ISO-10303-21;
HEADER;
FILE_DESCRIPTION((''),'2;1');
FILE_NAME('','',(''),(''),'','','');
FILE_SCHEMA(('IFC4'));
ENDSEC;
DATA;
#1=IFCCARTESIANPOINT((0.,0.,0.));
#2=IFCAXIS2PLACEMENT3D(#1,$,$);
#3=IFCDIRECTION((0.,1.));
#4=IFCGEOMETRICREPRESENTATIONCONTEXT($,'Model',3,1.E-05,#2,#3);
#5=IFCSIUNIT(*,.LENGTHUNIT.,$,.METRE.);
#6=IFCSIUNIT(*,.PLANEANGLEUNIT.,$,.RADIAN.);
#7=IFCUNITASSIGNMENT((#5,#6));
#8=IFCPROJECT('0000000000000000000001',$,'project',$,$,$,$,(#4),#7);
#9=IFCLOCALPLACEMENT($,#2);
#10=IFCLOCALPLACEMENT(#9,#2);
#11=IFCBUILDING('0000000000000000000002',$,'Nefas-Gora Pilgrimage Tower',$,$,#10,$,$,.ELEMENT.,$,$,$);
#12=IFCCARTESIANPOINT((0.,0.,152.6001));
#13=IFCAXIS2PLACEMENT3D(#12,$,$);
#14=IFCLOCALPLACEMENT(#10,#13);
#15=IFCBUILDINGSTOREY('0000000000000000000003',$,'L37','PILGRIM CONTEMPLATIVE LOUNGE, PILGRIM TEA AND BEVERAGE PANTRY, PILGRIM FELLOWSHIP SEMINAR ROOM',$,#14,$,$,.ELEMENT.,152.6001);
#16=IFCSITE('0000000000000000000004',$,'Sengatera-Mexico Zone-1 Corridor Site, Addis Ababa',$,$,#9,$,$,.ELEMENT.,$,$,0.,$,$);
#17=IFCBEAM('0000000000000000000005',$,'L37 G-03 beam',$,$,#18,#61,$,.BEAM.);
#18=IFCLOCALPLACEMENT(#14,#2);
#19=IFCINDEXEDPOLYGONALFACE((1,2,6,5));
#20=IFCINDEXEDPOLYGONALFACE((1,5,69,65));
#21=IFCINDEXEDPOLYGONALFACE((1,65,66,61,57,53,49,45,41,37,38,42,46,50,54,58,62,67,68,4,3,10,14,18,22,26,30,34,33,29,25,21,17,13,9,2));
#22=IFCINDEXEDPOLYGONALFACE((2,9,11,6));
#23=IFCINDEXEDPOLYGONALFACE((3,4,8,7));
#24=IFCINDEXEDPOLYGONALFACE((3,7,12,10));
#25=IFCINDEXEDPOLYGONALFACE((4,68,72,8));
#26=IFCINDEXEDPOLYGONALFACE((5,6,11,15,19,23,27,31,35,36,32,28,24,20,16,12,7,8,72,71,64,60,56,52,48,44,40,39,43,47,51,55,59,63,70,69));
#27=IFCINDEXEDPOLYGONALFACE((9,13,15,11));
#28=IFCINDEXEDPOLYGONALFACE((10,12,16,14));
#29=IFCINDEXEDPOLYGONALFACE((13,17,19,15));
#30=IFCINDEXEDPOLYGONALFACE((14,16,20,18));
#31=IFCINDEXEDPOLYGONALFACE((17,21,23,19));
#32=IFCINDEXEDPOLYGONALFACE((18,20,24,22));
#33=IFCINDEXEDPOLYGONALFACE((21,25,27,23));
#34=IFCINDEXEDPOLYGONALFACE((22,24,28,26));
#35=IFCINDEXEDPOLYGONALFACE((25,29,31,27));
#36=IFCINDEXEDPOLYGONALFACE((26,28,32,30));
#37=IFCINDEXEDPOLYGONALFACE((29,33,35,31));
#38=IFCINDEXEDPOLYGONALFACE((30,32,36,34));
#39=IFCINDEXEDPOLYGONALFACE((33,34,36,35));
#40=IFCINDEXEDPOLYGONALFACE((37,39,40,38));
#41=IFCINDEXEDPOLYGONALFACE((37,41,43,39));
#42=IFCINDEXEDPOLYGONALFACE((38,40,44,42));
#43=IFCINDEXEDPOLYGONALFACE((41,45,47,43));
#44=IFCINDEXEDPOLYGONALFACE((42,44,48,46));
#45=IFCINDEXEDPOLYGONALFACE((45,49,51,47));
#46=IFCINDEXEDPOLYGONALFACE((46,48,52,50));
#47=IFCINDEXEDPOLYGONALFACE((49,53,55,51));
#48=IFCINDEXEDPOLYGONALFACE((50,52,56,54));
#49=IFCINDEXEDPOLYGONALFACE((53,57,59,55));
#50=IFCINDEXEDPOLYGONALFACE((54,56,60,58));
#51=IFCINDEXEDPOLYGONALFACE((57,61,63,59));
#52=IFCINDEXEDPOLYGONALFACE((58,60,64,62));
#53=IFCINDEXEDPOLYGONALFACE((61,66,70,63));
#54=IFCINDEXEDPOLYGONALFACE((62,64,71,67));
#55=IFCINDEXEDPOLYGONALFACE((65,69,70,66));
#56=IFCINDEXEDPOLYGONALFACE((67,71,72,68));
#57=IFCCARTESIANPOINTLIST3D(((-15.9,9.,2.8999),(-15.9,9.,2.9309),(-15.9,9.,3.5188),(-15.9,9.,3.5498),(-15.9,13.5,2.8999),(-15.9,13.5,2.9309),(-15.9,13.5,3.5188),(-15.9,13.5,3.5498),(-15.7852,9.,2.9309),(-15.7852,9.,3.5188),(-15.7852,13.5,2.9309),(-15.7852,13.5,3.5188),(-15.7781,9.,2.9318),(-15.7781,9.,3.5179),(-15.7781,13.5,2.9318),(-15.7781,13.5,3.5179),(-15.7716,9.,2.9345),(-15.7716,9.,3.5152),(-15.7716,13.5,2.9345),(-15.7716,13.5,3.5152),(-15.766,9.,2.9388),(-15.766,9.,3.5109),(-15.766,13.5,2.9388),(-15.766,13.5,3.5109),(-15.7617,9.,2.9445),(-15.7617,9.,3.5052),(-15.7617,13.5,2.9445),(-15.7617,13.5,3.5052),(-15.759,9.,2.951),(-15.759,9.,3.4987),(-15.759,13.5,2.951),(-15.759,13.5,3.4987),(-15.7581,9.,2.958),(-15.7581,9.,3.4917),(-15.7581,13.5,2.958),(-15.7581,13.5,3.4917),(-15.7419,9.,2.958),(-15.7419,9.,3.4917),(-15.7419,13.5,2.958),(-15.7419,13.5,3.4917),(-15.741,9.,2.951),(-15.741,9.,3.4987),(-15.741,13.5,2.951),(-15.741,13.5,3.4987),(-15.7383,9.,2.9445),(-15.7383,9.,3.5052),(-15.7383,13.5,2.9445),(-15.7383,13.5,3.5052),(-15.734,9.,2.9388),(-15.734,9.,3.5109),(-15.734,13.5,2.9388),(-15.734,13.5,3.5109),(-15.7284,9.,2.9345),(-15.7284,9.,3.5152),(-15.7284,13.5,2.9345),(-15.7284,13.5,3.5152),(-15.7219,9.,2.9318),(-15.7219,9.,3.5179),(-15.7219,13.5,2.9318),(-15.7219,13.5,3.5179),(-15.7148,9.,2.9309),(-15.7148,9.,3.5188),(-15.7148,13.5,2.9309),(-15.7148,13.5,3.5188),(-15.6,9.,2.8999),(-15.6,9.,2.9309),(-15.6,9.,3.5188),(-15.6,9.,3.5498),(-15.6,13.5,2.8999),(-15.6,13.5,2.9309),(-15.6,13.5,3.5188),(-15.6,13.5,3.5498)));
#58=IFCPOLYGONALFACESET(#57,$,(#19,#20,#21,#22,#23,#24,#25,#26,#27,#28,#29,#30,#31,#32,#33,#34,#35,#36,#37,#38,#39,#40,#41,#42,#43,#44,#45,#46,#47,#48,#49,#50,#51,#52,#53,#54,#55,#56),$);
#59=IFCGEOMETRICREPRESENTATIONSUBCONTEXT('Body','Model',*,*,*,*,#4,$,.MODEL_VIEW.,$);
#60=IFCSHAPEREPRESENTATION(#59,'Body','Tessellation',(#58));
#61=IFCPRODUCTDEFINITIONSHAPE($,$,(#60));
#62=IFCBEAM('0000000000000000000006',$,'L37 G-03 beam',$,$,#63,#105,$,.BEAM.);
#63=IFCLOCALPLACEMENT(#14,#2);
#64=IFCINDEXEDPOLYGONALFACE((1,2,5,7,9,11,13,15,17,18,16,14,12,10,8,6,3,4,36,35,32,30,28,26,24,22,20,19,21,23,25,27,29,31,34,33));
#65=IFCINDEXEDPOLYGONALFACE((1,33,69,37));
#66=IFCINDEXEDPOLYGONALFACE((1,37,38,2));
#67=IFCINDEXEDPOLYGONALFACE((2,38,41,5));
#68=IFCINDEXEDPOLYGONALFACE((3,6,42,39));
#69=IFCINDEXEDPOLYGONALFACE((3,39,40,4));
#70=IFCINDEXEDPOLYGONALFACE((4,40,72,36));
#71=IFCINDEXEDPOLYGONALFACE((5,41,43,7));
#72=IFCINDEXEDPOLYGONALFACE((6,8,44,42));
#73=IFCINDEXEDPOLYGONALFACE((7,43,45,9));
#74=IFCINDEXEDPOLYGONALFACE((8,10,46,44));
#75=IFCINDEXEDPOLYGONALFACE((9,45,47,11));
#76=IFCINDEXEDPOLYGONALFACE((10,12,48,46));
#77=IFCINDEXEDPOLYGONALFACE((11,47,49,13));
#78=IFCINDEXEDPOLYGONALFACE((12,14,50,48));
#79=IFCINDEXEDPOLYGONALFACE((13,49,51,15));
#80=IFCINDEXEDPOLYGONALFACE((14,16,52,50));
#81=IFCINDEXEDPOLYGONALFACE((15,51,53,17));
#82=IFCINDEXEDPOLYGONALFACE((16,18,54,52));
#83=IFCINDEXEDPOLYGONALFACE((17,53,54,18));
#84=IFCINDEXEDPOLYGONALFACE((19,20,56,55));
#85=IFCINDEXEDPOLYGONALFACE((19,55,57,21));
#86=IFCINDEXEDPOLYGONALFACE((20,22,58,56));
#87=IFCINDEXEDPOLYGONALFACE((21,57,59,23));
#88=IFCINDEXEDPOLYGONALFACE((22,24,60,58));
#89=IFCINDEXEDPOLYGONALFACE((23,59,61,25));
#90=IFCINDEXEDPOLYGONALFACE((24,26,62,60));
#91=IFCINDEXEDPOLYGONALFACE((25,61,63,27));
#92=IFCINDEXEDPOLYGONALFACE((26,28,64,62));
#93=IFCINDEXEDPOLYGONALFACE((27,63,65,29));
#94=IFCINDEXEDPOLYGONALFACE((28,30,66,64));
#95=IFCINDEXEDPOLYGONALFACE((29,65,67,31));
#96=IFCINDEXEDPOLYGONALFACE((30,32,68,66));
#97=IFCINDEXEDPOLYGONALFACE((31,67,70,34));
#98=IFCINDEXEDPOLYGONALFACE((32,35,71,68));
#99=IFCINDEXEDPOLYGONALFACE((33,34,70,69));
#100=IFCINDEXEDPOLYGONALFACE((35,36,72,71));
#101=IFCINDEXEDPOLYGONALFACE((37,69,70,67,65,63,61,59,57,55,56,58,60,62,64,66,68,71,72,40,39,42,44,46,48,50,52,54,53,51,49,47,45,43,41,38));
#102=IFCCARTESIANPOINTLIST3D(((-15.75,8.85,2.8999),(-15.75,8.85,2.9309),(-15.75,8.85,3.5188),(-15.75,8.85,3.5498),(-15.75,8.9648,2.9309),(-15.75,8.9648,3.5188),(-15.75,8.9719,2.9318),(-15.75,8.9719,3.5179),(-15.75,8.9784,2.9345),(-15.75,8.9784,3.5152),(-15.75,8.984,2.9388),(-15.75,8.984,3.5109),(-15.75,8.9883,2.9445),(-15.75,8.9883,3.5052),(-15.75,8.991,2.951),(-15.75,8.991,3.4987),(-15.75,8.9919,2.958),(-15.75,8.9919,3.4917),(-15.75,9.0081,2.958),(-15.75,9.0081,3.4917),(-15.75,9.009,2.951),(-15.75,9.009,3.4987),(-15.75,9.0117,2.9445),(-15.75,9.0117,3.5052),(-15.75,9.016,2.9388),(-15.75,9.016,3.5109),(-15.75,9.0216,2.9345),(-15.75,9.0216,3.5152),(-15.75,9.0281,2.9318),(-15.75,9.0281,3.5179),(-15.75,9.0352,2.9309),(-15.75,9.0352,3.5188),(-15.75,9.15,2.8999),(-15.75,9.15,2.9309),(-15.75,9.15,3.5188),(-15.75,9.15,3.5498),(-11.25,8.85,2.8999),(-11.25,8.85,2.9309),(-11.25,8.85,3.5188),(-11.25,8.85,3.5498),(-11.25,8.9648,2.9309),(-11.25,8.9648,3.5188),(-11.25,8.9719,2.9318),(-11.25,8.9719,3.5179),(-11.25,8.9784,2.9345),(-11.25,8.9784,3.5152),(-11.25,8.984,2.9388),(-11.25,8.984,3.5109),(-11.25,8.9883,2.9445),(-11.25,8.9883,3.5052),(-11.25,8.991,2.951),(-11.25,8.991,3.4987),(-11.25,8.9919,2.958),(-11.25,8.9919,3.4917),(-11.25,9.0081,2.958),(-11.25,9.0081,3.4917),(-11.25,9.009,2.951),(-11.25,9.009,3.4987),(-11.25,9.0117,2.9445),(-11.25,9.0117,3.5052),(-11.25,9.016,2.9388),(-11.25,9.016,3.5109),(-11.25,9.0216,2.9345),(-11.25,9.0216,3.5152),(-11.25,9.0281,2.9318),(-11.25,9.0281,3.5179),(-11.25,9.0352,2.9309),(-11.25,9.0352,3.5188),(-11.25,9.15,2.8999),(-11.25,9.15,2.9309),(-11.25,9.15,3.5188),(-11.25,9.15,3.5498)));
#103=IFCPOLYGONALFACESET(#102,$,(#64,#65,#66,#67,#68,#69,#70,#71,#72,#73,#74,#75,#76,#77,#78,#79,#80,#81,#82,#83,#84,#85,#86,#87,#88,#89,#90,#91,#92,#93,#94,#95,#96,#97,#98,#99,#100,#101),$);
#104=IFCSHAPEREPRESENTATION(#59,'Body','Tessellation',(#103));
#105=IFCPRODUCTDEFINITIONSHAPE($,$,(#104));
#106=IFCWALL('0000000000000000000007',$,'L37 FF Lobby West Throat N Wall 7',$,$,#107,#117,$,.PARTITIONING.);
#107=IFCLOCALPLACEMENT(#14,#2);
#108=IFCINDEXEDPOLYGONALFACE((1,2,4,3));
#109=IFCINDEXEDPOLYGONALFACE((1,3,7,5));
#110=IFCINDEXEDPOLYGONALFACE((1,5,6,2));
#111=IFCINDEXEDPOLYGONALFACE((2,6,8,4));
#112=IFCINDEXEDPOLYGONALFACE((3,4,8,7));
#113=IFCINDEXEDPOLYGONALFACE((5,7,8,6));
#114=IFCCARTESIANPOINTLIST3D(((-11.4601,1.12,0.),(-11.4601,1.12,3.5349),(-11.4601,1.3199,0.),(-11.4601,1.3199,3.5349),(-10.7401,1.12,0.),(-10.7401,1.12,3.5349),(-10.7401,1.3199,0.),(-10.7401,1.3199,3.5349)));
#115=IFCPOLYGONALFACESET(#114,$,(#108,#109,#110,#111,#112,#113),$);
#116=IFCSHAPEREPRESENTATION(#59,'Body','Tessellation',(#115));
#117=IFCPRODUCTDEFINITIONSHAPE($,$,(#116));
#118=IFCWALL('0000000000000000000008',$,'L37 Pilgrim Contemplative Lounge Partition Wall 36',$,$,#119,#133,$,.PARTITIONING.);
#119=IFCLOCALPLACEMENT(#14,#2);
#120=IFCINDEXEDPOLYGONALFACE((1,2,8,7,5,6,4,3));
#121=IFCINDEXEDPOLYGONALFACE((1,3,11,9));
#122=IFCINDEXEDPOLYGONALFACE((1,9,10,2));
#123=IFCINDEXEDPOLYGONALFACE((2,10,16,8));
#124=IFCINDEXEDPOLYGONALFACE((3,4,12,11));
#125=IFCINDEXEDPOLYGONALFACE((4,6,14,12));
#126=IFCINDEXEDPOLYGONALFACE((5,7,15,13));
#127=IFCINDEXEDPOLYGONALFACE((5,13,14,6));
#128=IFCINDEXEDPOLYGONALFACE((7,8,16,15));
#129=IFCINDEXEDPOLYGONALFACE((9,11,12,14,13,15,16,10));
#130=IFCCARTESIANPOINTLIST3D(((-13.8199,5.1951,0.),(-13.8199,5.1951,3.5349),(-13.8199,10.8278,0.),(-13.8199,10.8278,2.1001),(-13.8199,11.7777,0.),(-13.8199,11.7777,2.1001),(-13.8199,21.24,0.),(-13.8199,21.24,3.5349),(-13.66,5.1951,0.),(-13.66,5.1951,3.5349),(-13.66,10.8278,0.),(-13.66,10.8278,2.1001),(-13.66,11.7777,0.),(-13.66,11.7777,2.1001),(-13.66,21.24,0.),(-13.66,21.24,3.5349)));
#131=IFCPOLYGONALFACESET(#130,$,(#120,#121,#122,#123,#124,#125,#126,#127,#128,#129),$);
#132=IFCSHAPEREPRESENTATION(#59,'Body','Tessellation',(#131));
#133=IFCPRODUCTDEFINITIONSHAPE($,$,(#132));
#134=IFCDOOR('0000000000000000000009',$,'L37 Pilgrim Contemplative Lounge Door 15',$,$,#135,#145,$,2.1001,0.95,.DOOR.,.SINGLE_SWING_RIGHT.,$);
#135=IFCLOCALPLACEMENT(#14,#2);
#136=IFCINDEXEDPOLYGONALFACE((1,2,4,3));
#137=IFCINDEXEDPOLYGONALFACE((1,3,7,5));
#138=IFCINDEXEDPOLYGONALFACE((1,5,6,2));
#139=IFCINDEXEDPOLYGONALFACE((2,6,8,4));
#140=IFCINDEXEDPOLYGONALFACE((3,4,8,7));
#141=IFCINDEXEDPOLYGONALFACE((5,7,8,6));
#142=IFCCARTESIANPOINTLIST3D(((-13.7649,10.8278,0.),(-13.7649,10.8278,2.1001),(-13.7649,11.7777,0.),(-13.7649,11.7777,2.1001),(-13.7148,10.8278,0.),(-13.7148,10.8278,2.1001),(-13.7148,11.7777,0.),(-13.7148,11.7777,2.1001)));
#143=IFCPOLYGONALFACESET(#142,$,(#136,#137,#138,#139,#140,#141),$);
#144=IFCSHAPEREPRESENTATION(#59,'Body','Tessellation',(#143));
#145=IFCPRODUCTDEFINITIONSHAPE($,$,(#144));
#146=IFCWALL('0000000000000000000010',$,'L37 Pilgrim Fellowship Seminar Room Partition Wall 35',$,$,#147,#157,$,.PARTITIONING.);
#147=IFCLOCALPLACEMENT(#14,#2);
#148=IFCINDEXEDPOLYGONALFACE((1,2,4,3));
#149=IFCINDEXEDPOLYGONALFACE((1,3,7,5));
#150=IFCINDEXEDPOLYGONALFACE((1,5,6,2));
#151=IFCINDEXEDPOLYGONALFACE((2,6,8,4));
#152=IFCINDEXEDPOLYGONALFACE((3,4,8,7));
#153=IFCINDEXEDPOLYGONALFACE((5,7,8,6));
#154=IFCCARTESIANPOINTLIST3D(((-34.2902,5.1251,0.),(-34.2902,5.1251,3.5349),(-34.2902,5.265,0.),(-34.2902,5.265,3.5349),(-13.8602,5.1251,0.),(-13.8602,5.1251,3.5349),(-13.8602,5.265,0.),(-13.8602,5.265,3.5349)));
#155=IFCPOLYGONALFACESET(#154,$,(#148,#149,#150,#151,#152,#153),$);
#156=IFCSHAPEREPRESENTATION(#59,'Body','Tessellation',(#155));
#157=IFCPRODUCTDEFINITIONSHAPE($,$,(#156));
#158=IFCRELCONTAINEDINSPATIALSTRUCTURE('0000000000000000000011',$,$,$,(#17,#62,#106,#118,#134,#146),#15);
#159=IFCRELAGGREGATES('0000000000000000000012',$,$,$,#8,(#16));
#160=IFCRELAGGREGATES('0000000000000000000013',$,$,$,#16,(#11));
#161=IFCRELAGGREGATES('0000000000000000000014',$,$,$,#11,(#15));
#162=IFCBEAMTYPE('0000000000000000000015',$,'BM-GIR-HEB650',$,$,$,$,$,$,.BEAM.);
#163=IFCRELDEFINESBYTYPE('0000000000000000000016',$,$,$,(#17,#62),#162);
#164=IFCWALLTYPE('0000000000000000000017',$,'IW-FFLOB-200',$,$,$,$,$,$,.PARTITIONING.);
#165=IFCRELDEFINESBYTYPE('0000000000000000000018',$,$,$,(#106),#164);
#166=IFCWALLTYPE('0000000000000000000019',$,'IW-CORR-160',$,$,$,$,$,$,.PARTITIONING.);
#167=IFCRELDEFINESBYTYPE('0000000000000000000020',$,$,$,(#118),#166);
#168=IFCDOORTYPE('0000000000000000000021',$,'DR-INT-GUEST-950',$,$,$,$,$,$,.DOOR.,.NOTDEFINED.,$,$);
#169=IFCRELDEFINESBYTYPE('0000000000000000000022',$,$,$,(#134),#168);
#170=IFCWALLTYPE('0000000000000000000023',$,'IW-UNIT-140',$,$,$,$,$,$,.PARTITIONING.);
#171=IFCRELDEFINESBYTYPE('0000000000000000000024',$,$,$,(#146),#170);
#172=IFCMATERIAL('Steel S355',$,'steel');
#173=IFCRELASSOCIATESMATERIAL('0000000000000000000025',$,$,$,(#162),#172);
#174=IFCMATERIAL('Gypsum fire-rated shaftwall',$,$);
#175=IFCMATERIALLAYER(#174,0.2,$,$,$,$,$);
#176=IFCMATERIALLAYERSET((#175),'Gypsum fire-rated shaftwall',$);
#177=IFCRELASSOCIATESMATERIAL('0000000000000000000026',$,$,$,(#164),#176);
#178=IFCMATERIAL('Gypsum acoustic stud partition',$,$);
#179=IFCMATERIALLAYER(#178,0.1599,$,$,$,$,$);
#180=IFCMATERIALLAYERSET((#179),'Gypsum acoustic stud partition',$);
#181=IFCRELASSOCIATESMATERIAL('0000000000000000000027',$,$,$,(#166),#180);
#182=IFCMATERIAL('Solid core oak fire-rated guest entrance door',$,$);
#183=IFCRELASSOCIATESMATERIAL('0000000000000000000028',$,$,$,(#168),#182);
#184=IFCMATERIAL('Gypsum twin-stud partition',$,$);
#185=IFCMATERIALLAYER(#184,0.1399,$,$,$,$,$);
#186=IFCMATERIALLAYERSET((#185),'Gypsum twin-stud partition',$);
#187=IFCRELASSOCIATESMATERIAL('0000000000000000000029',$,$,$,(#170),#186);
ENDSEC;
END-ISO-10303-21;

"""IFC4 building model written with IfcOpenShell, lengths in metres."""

from ifc_helpers import new_model, si_unit, direction, frame, frame_2d, origin, origin_2d, place, context, subcontext, project, spatial, rectangle, i_section, extrude, source, transform, mapped, material, layer, layer_set, material_profile, profile_set, type_object, element, fill, save


model = new_model("IFC4")

# Units and contexts
model_context = context("Model", 3, precision=1e-05, world=origin(), true_north=direction((0.0, 1.0)))
body_context = subcontext(model_context, "Body", "Model", "MODEL_VIEW")
ifc_project = project(units=[si_unit("LENGTHUNIT", "METRE"), si_unit("PLANEANGLEUNIT", "RADIAN")], contexts=[model_context])

# Site, building, storey
site_placement = place(None, origin())
site = spatial("IfcSite", under=ifc_project, at=site_placement, Name="Sengatera-Mexico Zone-1 Corridor Site, Addis Ababa", CompositionType="ELEMENT", RefElevation=0.0)
building_placement = place(site_placement, origin())
building = spatial("IfcBuilding", under=site, at=building_placement, Name="Nefas-Gora Pilgrimage Tower", CompositionType="ELEMENT")
storey_placement = place(building_placement, frame((0.0, 0.0, 152.6001)))
storey = spatial("IfcBuildingStorey", under=building, at=storey_placement, Name="L37", Description="PILGRIM CONTEMPLATIVE LOUNGE, PILGRIM TEA AND BEVERAGE PANTRY, PILGRIM FELLOWSHIP SEMINAR ROOM", CompositionType="ELEMENT", Elevation=152.6001)

# Beams
ifc_material_1 = material(Name="Steel S355", Category="steel")
ifc_material_profile_1 = material_profile(ifc_material_1, i_section(OverallWidth=0.3, OverallDepth=0.6499, WebThickness=0.0161, FlangeThickness=0.031, FilletRadius=0.0271, at=origin_2d()), Name="HEB 650")
ifc_profile_set_1 = profile_set([ifc_material_profile_1], Name="Steel S355")
beam_type_1 = type_object("IfcBeamType", Name="BM-GIR-HEB650", PredefinedType="BEAM", material=ifc_profile_set_1)
shared_shape_1 = source(origin(), body_context, "Body", "SweptSolid", [
    extrude(i_section(OverallWidth=0.3, OverallDepth=0.6499, WebThickness=0.0161, FlangeThickness=0.031, FilletRadius=0.0271, at=origin_2d()), origin(), (0.0, 0.0, 1.0), 4.5),
])
for number, where, z_axis, x_axis, name in (
    (1, (-15.75, 9.0, 3.2249), (0.0, 1.0, 0.0), (-1.0, 0.0, 0.0), "L37 G-03 beam"),
    (2, (-15.75, 9.0, 3.2249), (1.0, 0.0, 0.0), (0.0, 1.0, 0.0), "L37 G-03 beam"),
):
    element("IfcBeam", number, at=place(storey_placement, frame(where, z_axis=z_axis, x_axis=x_axis)), inside=storey, type_object=beam_type_1, Name=name, PredefinedType="BEAM", context=body_context, shape_type="MappedRepresentation", body=[
        mapped(shared_shape_1, transform((0.0, 0.0, 0.0), x_axis=(1.0, 0.0, 0.0), y_axis=(0.0, 1.0, 0.0), z_axis=(0.0, 0.0, 1.0), scale=1.0)),
    ])

# Wall
ifc_material_2 = material(Name="Gypsum fire-rated shaftwall")
ifc_layer_1 = layer(ifc_material_2, 0.2)
ifc_layer_set_1 = layer_set([ifc_layer_1], Name="Gypsum fire-rated shaftwall")
wall_type_1 = type_object("IfcWallType", Name="IW-FFLOB-200", PredefinedType="PARTITIONING", material=ifc_layer_set_1)
shared_shape_2 = source(origin(), body_context, "Body", "SweptSolid", [
    extrude(rectangle(XDim=0.72, YDim=0.2, at=frame_2d((0.3599, 0.0))), origin(), (0.0, 0.0, 1.0), 3.5349),
])
wall_1_placement = place(storey_placement, frame((-11.46, 1.22, 0.0), z_axis=(0.0, 0.0, 1.0), x_axis=(1.0, 0.0, 0.0)))
element("IfcWall", 3, at=wall_1_placement, inside=storey, type_object=wall_type_1, Name="L37 FF Lobby West Throat N Wall 7", PredefinedType="PARTITIONING", context=body_context, shape_type="MappedRepresentation", body=[
    mapped(shared_shape_2, transform((0.0, 0.0, 0.0), x_axis=(1.0, 0.0, 0.0), y_axis=(0.0, 1.0, 0.0), z_axis=(0.0, 0.0, 1.0), scale=1.0)),
])

# Wall, opening, door
ifc_material_3 = material(Name="Gypsum acoustic stud partition")
ifc_layer_2 = layer(ifc_material_3, 0.1599)
ifc_layer_set_2 = layer_set([ifc_layer_2], Name="Gypsum acoustic stud partition")
wall_type_2 = type_object("IfcWallType", Name="IW-CORR-160", PredefinedType="PARTITIONING", material=ifc_layer_set_2)
shared_shape_3 = source(origin(), body_context, "Body", "SweptSolid", [
    extrude(rectangle(XDim=16.0449, YDim=0.1599, at=frame_2d((8.0225, 0.0))), origin(), (0.0, 0.0, 1.0), 3.5349),
])
wall_2_placement = place(storey_placement, frame((-13.74, 5.1951, 0.0), z_axis=(0.0, 0.0, 1.0), x_axis=(0.0, 1.0, 0.0)))
wall_2 = element("IfcWall", 4, at=wall_2_placement, inside=storey, type_object=wall_type_2, Name="L37 Pilgrim Contemplative Lounge Partition Wall 36", PredefinedType="PARTITIONING", context=body_context, shape_type="MappedRepresentation", body=[
    mapped(shared_shape_3, transform((0.0, 0.0, 0.0), x_axis=(1.0, 0.0, 0.0), y_axis=(0.0, 1.0, 0.0), z_axis=(0.0, 0.0, 1.0), scale=1.0)),
])
opening_placement = place(wall_2_placement, frame((5.6326, 0.0, 0.0)))
opening = element("IfcOpeningElement", 5, at=opening_placement, cuts=wall_2, PredefinedType="OPENING", context=body_context, shape_type="SweptSolid", body=[
    extrude(rectangle(XDim=0.95, YDim=2.1001, at=frame_2d((0.4751, 1.05))), frame((0.0, 0.0898, 0.0), z_axis=(0.0, -1.0, 0.0), x_axis=(1.0, 0.0, 0.0)), (0.0, 0.0, 1.0), 0.1799),
])
ifc_material_4 = material(Name="Solid core oak fire-rated guest entrance door")
door_type = type_object("IfcDoorType", Name="DR-INT-GUEST-950", OperationType="NOTDEFINED", PredefinedType="DOOR", material=ifc_material_4)
shared_shape_4 = source(origin(), body_context, "Body", "SweptSolid", [
    extrude(rectangle(XDim=0.95, YDim=2.1001, at=frame_2d((0.4751, 1.05))), frame((0.0, 0.0249, 0.0), z_axis=(0.0, -1.0, 0.0), x_axis=(1.0, 0.0, 0.0)), (0.0, 0.0, 1.0), 0.05),
])
door_placement = place(opening_placement, origin())
door = element("IfcDoor", 6, at=door_placement, inside=storey, type_object=door_type, Name="L37 Pilgrim Contemplative Lounge Door 15", OperationType="SINGLE_SWING_RIGHT", OverallHeight=2.1001, OverallWidth=0.95, PredefinedType="DOOR", context=body_context, shape_type="MappedRepresentation", body=[
    mapped(shared_shape_4, transform((0.0, 0.0, 0.0), x_axis=(1.0, 0.0, 0.0), y_axis=(0.0, 1.0, 0.0), z_axis=(0.0, 0.0, 1.0), scale=1.0)),
])
fill(opening, door)

# Wall
ifc_material_5 = material(Name="Gypsum twin-stud partition")
ifc_layer_3 = layer(ifc_material_5, 0.1399)
ifc_layer_set_3 = layer_set([ifc_layer_3], Name="Gypsum twin-stud partition")
wall_type_3 = type_object("IfcWallType", Name="IW-UNIT-140", PredefinedType="PARTITIONING", material=ifc_layer_set_3)
shared_shape_5 = source(origin(), body_context, "Body", "SweptSolid", [
    extrude(rectangle(XDim=20.4299, YDim=0.1399, at=frame_2d((10.2148, 0.0))), origin(), (0.0, 0.0, 1.0), 3.5349),
])
wall_3_placement = place(storey_placement, frame((-34.29, 5.1951, 0.0), z_axis=(0.0, 0.0, 1.0), x_axis=(1.0, 0.0, 0.0)))
element("IfcWall", 7, at=wall_3_placement, inside=storey, type_object=wall_type_3, Name="L37 Pilgrim Fellowship Seminar Room Partition Wall 35", PredefinedType="PARTITIONING", context=body_context, shape_type="MappedRepresentation", body=[
    mapped(shared_shape_5, transform((0.0, 0.0, 0.0), x_axis=(1.0, 0.0, 0.0), y_axis=(0.0, 1.0, 0.0), z_axis=(0.0, 0.0, 1.0), scale=1.0)),
])

save(model, "model.ifc")
